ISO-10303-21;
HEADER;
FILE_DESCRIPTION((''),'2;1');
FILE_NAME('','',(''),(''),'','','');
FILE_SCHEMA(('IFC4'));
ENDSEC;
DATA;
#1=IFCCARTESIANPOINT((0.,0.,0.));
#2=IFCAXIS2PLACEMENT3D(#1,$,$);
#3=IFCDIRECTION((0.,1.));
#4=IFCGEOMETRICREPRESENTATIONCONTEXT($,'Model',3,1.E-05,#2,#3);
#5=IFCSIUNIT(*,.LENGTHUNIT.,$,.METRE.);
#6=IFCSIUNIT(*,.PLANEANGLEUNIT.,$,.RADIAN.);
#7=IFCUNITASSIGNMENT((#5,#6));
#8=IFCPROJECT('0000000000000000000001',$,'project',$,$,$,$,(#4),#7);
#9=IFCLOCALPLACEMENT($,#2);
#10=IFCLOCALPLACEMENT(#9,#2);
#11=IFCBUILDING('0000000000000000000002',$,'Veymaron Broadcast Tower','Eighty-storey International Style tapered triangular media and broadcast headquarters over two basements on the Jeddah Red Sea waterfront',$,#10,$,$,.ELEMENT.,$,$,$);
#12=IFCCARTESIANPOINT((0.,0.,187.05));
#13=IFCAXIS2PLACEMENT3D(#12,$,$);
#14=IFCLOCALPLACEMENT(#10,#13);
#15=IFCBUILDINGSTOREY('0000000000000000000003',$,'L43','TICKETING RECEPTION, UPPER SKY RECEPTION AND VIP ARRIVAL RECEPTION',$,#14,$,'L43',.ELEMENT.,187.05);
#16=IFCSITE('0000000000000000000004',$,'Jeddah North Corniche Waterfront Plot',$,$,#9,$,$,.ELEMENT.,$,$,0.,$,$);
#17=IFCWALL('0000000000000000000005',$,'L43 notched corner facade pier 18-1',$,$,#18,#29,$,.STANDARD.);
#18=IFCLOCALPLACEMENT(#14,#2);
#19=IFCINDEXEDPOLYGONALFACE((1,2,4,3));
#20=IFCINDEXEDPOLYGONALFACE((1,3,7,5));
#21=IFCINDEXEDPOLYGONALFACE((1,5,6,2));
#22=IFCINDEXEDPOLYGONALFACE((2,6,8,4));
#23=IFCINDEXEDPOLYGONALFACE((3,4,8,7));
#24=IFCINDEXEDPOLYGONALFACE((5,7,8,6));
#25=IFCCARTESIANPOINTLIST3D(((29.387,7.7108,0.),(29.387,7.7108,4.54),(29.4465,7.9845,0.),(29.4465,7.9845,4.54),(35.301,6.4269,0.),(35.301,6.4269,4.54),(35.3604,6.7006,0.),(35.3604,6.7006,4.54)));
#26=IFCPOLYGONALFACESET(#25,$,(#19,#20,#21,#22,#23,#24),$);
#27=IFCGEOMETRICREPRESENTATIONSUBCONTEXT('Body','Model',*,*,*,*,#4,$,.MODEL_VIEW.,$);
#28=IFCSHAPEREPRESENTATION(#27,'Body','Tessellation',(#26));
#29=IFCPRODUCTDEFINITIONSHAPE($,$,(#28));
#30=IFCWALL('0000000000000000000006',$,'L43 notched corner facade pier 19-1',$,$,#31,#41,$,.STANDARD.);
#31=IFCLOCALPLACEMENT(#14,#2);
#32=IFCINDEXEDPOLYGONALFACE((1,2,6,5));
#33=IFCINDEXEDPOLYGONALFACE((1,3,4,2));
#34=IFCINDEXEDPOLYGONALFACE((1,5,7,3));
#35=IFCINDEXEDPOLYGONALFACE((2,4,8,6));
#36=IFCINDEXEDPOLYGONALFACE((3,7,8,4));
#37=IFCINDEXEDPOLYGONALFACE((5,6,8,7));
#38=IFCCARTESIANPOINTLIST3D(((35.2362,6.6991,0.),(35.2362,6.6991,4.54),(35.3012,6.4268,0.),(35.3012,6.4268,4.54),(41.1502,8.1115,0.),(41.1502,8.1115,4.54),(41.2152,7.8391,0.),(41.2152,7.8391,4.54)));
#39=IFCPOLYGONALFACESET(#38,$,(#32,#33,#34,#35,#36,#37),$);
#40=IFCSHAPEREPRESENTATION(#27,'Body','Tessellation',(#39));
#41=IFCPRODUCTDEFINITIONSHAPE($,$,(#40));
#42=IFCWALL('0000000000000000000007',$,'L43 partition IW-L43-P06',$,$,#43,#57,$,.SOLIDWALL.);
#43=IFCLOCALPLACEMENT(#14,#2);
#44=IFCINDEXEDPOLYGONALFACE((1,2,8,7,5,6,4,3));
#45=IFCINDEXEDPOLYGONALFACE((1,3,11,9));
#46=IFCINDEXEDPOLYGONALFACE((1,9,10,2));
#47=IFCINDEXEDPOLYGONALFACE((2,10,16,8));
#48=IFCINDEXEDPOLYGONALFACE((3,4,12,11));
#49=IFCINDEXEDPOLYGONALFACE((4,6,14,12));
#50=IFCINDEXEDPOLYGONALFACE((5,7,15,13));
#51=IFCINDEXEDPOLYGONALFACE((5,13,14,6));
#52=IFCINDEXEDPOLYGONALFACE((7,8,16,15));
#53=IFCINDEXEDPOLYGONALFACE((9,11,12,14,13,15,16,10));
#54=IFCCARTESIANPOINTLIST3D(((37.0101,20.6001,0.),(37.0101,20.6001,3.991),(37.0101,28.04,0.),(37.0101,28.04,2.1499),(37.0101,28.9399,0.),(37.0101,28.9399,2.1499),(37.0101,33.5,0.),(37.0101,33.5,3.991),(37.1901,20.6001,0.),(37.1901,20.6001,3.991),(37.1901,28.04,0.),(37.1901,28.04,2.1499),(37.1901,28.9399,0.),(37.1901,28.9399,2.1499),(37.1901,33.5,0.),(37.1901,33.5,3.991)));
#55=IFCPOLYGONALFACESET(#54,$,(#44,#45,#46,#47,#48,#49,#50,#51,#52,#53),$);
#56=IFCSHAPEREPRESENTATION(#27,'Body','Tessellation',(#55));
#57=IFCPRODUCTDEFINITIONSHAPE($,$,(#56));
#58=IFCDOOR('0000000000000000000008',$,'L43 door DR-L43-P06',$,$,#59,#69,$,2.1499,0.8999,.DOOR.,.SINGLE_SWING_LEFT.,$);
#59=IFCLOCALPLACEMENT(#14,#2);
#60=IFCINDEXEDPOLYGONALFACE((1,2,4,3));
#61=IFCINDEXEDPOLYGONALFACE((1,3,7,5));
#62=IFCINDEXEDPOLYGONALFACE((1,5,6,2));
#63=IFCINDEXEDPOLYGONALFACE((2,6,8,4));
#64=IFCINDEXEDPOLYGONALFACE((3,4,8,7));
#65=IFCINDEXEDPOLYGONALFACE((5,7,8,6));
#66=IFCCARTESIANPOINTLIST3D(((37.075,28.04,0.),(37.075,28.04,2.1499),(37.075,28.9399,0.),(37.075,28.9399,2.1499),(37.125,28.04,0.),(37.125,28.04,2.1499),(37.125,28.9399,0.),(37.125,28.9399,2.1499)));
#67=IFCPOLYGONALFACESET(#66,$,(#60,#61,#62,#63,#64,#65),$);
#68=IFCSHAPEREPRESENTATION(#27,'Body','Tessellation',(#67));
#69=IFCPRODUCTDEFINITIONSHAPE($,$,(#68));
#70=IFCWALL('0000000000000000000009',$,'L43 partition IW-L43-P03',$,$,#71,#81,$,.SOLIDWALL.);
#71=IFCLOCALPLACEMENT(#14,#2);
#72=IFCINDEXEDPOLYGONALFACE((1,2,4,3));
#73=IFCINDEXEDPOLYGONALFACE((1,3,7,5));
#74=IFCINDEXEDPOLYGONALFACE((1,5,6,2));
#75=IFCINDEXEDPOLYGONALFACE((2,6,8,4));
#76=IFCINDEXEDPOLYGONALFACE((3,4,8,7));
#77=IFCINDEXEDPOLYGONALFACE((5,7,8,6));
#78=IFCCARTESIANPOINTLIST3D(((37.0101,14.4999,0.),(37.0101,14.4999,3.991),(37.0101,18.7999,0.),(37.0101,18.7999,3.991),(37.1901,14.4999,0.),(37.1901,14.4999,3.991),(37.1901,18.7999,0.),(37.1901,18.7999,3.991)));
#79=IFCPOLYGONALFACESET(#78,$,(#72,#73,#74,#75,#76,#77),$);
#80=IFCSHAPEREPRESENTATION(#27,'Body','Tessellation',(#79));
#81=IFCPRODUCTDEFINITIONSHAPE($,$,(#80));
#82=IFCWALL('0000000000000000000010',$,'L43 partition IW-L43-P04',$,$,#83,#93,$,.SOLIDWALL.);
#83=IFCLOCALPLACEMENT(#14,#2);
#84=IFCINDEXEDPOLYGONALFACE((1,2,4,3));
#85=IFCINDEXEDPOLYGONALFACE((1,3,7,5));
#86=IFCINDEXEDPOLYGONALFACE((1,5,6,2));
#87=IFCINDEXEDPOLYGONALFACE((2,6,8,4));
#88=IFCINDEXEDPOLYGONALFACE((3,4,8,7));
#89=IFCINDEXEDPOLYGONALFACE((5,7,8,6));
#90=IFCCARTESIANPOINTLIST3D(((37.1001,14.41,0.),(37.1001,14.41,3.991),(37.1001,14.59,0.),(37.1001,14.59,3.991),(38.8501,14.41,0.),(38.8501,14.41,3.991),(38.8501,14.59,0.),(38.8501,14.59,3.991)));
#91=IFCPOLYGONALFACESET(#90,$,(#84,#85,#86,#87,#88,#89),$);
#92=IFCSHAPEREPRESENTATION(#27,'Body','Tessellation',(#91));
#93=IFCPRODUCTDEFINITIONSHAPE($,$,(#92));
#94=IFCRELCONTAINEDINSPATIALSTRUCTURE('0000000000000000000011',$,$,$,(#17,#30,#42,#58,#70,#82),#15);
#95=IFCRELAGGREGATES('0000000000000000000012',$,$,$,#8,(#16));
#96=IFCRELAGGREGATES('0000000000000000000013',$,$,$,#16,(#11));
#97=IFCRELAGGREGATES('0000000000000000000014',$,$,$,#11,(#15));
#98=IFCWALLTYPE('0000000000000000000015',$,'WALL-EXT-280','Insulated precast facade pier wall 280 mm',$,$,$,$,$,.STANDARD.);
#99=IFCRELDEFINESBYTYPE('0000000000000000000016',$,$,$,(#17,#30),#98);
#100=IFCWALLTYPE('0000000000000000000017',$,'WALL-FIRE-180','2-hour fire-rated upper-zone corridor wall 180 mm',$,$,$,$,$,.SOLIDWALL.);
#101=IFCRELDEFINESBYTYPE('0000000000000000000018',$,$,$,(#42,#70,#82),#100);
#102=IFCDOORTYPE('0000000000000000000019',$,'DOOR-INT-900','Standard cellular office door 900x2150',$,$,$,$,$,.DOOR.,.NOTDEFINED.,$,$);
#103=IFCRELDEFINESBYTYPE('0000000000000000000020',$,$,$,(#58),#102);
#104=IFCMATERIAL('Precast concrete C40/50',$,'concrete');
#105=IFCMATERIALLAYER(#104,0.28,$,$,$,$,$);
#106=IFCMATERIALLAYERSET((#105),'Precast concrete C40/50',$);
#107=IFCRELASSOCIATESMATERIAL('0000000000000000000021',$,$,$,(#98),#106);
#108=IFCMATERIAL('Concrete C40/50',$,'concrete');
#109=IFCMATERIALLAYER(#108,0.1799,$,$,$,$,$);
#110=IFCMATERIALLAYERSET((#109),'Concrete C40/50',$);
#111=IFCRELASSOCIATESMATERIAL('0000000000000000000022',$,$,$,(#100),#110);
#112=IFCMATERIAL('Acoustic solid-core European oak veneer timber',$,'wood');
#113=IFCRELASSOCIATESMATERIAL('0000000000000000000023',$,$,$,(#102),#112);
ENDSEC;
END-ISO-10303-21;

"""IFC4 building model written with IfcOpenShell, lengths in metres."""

from ifc_helpers import new_model, si_unit, direction, frame, frame_2d, origin, place, context, subcontext, project, spatial, rectangle, extrude, material, layer, layer_set, type_object, element, fill, save


model = new_model("IFC4")

# Units and contexts
model_context = context("Model", 3, precision=1e-05, world=origin(), true_north=direction((0.0, 1.0)))
body_context = subcontext(model_context, "Body", "Model", "MODEL_VIEW")
ifc_project = project(units=[si_unit("LENGTHUNIT", "METRE"), si_unit("PLANEANGLEUNIT", "RADIAN")], contexts=[model_context])

# Site, building, storey
site_placement = place(None, origin())
site = spatial("IfcSite", under=ifc_project, at=site_placement, Name="Jeddah North Corniche Waterfront Plot", CompositionType="ELEMENT", RefElevation=0.0)
building_placement = place(site_placement, origin())
building = spatial("IfcBuilding", under=site, at=building_placement, Name="Veymaron Broadcast Tower", Description="Eighty-storey International Style tapered triangular media and broadcast headquarters over two basements on the Jeddah Red Sea waterfront", CompositionType="ELEMENT")
storey_placement = place(building_placement, frame((0.0, 0.0, 187.05)))
storey = spatial("IfcBuildingStorey", under=building, at=storey_placement, Name="L43", Description="TICKETING RECEPTION, UPPER SKY RECEPTION AND VIP ARRIVAL RECEPTION", LongName="L43", CompositionType="ELEMENT", Elevation=187.05)

# Walls
ifc_material_1 = material(Name="Precast concrete C40/50", Category="concrete")
ifc_layer_1 = layer(ifc_material_1, 0.28)
ifc_layer_set_1 = layer_set([ifc_layer_1], Name="Precast concrete C40/50")
wall_type_1 = type_object("IfcWallType", Name="WALL-EXT-280", Description="Insulated precast facade pier wall 280 mm", PredefinedType="STANDARD", material=ifc_layer_set_1)
wall_1_placement = place(storey_placement, frame((29.4167, 7.8477, 0.0), z_axis=(0.0, 0.0, 1.0), x_axis=(0.977236, -0.212157, 0.0)))
element("IfcWall", 1, at=wall_1_placement, inside=storey, type_object=wall_type_1, Name="L43 notched corner facade pier 18-1", PredefinedType="STANDARD", context=body_context, shape_type="SweptSolid", body=[
    extrude(rectangle(XDim=6.0518, YDim=0.28, at=frame_2d((3.0259, 0.0))), origin(), (0.0, 0.0, 1.0), 4.54),
])
wall_2_placement = place(storey_placement, frame((35.2688, 6.563, 0.0), z_axis=(0.0, 0.0, 1.0), x_axis=(0.972649, 0.232281, 0.0)))
element("IfcWall", 2, at=wall_2_placement, inside=storey, type_object=wall_type_1, Name="L43 notched corner facade pier 19-1", PredefinedType="STANDARD", context=body_context, shape_type="SweptSolid", body=[
    extrude(rectangle(XDim=6.0803, YDim=0.28, at=frame_2d((3.04, 0.0))), origin(), (0.0, 0.0, 1.0), 4.54),
])

# Wall, opening, door
ifc_material_2 = material(Name="Concrete C40/50", Category="concrete")
ifc_layer_2 = layer(ifc_material_2, 0.1799)
ifc_layer_set_2 = layer_set([ifc_layer_2], Name="Concrete C40/50")
wall_type_2 = type_object("IfcWallType", Name="WALL-FIRE-180", Description="2-hour fire-rated upper-zone corridor wall 180 mm", PredefinedType="SOLIDWALL", material=ifc_layer_set_2)
wall_3_placement = place(storey_placement, frame((37.1001, 20.6001, 0.0), z_axis=(0.0, 0.0, 1.0), x_axis=(0.0, 1.0, 0.0)))
wall_3 = element("IfcWall", 3, at=wall_3_placement, inside=storey, type_object=wall_type_2, Name="L43 partition IW-L43-P06", PredefinedType="SOLIDWALL", context=body_context, shape_type="SweptSolid", body=[
    extrude(rectangle(XDim=12.8999, YDim=0.1799, at=frame_2d((6.45, 0.0))), origin(), (0.0, 0.0, 1.0), 3.991),
])
opening_placement = place(wall_3_placement, frame((7.4399, 0.0, 0.0)))
opening = element("IfcOpeningElement", 4, at=opening_placement, cuts=wall_3, PredefinedType="OPENING", context=body_context, shape_type="SweptSolid", body=[
    extrude(rectangle(XDim=0.8999, YDim=2.1499, at=frame_2d((0.45, 1.075))), frame((0.0, 0.1001, 0.0), z_axis=(0.0, -1.0, 0.0), x_axis=(1.0, 0.0, 0.0)), (0.0, 0.0, 1.0), 0.2),
])
ifc_material_3 = material(Name="Acoustic solid-core European oak veneer timber", Category="wood")
door_type = type_object("IfcDoorType", Name="DOOR-INT-900", Description="Standard cellular office door 900x2150", OperationType="NOTDEFINED", PredefinedType="DOOR", material=ifc_material_3)
door_placement = place(opening_placement, frame((0.8999, 0.0, 0.0), z_axis=(0.0, 0.0, 1.0), x_axis=(-1.0, 0.0, 0.0)))
door = element("IfcDoor", 5, at=door_placement, inside=storey, type_object=door_type, Name="L43 door DR-L43-P06", OperationType="SINGLE_SWING_LEFT", OverallHeight=2.1499, OverallWidth=0.8999, PredefinedType="DOOR", context=body_context, shape_type="SweptSolid", body=[
    extrude(rectangle(XDim=0.8999, YDim=2.1499, at=frame_2d((0.45, 1.075))), frame((0.0, 0.0249, 0.0), z_axis=(0.0, -1.0, 0.0), x_axis=(1.0, 0.0, 0.0)), (0.0, 0.0, 1.0), 0.05),
])
fill(opening, door)

# Walls
wall_4_placement = place(storey_placement, frame((37.1001, 14.5, 0.0), z_axis=(0.0, 0.0, 1.0), x_axis=(0.0, 1.0, 0.0)))
element("IfcWall", 6, at=wall_4_placement, inside=storey, type_object=wall_type_2, Name="L43 partition IW-L43-P03", PredefinedType="SOLIDWALL", context=body_context, shape_type="SweptSolid", body=[
    extrude(rectangle(XDim=4.3, YDim=0.1799, at=frame_2d((2.1499, 0.0))), origin(), (0.0, 0.0, 1.0), 3.991),
])
wall_5_placement = place(storey_placement, frame((37.1001, 14.5, 0.0), z_axis=(0.0, 0.0, 1.0), x_axis=(1.0, 0.0, 0.0)))
element("IfcWall", 7, at=wall_5_placement, inside=storey, type_object=wall_type_2, Name="L43 partition IW-L43-P04", PredefinedType="SOLIDWALL", context=body_context, shape_type="SweptSolid", body=[
    extrude(rectangle(XDim=1.75, YDim=0.1799, at=frame_2d((0.875, 0.0))), origin(), (0.0, 0.0, 1.0), 3.991),
])

save(model, "model.ifc")
